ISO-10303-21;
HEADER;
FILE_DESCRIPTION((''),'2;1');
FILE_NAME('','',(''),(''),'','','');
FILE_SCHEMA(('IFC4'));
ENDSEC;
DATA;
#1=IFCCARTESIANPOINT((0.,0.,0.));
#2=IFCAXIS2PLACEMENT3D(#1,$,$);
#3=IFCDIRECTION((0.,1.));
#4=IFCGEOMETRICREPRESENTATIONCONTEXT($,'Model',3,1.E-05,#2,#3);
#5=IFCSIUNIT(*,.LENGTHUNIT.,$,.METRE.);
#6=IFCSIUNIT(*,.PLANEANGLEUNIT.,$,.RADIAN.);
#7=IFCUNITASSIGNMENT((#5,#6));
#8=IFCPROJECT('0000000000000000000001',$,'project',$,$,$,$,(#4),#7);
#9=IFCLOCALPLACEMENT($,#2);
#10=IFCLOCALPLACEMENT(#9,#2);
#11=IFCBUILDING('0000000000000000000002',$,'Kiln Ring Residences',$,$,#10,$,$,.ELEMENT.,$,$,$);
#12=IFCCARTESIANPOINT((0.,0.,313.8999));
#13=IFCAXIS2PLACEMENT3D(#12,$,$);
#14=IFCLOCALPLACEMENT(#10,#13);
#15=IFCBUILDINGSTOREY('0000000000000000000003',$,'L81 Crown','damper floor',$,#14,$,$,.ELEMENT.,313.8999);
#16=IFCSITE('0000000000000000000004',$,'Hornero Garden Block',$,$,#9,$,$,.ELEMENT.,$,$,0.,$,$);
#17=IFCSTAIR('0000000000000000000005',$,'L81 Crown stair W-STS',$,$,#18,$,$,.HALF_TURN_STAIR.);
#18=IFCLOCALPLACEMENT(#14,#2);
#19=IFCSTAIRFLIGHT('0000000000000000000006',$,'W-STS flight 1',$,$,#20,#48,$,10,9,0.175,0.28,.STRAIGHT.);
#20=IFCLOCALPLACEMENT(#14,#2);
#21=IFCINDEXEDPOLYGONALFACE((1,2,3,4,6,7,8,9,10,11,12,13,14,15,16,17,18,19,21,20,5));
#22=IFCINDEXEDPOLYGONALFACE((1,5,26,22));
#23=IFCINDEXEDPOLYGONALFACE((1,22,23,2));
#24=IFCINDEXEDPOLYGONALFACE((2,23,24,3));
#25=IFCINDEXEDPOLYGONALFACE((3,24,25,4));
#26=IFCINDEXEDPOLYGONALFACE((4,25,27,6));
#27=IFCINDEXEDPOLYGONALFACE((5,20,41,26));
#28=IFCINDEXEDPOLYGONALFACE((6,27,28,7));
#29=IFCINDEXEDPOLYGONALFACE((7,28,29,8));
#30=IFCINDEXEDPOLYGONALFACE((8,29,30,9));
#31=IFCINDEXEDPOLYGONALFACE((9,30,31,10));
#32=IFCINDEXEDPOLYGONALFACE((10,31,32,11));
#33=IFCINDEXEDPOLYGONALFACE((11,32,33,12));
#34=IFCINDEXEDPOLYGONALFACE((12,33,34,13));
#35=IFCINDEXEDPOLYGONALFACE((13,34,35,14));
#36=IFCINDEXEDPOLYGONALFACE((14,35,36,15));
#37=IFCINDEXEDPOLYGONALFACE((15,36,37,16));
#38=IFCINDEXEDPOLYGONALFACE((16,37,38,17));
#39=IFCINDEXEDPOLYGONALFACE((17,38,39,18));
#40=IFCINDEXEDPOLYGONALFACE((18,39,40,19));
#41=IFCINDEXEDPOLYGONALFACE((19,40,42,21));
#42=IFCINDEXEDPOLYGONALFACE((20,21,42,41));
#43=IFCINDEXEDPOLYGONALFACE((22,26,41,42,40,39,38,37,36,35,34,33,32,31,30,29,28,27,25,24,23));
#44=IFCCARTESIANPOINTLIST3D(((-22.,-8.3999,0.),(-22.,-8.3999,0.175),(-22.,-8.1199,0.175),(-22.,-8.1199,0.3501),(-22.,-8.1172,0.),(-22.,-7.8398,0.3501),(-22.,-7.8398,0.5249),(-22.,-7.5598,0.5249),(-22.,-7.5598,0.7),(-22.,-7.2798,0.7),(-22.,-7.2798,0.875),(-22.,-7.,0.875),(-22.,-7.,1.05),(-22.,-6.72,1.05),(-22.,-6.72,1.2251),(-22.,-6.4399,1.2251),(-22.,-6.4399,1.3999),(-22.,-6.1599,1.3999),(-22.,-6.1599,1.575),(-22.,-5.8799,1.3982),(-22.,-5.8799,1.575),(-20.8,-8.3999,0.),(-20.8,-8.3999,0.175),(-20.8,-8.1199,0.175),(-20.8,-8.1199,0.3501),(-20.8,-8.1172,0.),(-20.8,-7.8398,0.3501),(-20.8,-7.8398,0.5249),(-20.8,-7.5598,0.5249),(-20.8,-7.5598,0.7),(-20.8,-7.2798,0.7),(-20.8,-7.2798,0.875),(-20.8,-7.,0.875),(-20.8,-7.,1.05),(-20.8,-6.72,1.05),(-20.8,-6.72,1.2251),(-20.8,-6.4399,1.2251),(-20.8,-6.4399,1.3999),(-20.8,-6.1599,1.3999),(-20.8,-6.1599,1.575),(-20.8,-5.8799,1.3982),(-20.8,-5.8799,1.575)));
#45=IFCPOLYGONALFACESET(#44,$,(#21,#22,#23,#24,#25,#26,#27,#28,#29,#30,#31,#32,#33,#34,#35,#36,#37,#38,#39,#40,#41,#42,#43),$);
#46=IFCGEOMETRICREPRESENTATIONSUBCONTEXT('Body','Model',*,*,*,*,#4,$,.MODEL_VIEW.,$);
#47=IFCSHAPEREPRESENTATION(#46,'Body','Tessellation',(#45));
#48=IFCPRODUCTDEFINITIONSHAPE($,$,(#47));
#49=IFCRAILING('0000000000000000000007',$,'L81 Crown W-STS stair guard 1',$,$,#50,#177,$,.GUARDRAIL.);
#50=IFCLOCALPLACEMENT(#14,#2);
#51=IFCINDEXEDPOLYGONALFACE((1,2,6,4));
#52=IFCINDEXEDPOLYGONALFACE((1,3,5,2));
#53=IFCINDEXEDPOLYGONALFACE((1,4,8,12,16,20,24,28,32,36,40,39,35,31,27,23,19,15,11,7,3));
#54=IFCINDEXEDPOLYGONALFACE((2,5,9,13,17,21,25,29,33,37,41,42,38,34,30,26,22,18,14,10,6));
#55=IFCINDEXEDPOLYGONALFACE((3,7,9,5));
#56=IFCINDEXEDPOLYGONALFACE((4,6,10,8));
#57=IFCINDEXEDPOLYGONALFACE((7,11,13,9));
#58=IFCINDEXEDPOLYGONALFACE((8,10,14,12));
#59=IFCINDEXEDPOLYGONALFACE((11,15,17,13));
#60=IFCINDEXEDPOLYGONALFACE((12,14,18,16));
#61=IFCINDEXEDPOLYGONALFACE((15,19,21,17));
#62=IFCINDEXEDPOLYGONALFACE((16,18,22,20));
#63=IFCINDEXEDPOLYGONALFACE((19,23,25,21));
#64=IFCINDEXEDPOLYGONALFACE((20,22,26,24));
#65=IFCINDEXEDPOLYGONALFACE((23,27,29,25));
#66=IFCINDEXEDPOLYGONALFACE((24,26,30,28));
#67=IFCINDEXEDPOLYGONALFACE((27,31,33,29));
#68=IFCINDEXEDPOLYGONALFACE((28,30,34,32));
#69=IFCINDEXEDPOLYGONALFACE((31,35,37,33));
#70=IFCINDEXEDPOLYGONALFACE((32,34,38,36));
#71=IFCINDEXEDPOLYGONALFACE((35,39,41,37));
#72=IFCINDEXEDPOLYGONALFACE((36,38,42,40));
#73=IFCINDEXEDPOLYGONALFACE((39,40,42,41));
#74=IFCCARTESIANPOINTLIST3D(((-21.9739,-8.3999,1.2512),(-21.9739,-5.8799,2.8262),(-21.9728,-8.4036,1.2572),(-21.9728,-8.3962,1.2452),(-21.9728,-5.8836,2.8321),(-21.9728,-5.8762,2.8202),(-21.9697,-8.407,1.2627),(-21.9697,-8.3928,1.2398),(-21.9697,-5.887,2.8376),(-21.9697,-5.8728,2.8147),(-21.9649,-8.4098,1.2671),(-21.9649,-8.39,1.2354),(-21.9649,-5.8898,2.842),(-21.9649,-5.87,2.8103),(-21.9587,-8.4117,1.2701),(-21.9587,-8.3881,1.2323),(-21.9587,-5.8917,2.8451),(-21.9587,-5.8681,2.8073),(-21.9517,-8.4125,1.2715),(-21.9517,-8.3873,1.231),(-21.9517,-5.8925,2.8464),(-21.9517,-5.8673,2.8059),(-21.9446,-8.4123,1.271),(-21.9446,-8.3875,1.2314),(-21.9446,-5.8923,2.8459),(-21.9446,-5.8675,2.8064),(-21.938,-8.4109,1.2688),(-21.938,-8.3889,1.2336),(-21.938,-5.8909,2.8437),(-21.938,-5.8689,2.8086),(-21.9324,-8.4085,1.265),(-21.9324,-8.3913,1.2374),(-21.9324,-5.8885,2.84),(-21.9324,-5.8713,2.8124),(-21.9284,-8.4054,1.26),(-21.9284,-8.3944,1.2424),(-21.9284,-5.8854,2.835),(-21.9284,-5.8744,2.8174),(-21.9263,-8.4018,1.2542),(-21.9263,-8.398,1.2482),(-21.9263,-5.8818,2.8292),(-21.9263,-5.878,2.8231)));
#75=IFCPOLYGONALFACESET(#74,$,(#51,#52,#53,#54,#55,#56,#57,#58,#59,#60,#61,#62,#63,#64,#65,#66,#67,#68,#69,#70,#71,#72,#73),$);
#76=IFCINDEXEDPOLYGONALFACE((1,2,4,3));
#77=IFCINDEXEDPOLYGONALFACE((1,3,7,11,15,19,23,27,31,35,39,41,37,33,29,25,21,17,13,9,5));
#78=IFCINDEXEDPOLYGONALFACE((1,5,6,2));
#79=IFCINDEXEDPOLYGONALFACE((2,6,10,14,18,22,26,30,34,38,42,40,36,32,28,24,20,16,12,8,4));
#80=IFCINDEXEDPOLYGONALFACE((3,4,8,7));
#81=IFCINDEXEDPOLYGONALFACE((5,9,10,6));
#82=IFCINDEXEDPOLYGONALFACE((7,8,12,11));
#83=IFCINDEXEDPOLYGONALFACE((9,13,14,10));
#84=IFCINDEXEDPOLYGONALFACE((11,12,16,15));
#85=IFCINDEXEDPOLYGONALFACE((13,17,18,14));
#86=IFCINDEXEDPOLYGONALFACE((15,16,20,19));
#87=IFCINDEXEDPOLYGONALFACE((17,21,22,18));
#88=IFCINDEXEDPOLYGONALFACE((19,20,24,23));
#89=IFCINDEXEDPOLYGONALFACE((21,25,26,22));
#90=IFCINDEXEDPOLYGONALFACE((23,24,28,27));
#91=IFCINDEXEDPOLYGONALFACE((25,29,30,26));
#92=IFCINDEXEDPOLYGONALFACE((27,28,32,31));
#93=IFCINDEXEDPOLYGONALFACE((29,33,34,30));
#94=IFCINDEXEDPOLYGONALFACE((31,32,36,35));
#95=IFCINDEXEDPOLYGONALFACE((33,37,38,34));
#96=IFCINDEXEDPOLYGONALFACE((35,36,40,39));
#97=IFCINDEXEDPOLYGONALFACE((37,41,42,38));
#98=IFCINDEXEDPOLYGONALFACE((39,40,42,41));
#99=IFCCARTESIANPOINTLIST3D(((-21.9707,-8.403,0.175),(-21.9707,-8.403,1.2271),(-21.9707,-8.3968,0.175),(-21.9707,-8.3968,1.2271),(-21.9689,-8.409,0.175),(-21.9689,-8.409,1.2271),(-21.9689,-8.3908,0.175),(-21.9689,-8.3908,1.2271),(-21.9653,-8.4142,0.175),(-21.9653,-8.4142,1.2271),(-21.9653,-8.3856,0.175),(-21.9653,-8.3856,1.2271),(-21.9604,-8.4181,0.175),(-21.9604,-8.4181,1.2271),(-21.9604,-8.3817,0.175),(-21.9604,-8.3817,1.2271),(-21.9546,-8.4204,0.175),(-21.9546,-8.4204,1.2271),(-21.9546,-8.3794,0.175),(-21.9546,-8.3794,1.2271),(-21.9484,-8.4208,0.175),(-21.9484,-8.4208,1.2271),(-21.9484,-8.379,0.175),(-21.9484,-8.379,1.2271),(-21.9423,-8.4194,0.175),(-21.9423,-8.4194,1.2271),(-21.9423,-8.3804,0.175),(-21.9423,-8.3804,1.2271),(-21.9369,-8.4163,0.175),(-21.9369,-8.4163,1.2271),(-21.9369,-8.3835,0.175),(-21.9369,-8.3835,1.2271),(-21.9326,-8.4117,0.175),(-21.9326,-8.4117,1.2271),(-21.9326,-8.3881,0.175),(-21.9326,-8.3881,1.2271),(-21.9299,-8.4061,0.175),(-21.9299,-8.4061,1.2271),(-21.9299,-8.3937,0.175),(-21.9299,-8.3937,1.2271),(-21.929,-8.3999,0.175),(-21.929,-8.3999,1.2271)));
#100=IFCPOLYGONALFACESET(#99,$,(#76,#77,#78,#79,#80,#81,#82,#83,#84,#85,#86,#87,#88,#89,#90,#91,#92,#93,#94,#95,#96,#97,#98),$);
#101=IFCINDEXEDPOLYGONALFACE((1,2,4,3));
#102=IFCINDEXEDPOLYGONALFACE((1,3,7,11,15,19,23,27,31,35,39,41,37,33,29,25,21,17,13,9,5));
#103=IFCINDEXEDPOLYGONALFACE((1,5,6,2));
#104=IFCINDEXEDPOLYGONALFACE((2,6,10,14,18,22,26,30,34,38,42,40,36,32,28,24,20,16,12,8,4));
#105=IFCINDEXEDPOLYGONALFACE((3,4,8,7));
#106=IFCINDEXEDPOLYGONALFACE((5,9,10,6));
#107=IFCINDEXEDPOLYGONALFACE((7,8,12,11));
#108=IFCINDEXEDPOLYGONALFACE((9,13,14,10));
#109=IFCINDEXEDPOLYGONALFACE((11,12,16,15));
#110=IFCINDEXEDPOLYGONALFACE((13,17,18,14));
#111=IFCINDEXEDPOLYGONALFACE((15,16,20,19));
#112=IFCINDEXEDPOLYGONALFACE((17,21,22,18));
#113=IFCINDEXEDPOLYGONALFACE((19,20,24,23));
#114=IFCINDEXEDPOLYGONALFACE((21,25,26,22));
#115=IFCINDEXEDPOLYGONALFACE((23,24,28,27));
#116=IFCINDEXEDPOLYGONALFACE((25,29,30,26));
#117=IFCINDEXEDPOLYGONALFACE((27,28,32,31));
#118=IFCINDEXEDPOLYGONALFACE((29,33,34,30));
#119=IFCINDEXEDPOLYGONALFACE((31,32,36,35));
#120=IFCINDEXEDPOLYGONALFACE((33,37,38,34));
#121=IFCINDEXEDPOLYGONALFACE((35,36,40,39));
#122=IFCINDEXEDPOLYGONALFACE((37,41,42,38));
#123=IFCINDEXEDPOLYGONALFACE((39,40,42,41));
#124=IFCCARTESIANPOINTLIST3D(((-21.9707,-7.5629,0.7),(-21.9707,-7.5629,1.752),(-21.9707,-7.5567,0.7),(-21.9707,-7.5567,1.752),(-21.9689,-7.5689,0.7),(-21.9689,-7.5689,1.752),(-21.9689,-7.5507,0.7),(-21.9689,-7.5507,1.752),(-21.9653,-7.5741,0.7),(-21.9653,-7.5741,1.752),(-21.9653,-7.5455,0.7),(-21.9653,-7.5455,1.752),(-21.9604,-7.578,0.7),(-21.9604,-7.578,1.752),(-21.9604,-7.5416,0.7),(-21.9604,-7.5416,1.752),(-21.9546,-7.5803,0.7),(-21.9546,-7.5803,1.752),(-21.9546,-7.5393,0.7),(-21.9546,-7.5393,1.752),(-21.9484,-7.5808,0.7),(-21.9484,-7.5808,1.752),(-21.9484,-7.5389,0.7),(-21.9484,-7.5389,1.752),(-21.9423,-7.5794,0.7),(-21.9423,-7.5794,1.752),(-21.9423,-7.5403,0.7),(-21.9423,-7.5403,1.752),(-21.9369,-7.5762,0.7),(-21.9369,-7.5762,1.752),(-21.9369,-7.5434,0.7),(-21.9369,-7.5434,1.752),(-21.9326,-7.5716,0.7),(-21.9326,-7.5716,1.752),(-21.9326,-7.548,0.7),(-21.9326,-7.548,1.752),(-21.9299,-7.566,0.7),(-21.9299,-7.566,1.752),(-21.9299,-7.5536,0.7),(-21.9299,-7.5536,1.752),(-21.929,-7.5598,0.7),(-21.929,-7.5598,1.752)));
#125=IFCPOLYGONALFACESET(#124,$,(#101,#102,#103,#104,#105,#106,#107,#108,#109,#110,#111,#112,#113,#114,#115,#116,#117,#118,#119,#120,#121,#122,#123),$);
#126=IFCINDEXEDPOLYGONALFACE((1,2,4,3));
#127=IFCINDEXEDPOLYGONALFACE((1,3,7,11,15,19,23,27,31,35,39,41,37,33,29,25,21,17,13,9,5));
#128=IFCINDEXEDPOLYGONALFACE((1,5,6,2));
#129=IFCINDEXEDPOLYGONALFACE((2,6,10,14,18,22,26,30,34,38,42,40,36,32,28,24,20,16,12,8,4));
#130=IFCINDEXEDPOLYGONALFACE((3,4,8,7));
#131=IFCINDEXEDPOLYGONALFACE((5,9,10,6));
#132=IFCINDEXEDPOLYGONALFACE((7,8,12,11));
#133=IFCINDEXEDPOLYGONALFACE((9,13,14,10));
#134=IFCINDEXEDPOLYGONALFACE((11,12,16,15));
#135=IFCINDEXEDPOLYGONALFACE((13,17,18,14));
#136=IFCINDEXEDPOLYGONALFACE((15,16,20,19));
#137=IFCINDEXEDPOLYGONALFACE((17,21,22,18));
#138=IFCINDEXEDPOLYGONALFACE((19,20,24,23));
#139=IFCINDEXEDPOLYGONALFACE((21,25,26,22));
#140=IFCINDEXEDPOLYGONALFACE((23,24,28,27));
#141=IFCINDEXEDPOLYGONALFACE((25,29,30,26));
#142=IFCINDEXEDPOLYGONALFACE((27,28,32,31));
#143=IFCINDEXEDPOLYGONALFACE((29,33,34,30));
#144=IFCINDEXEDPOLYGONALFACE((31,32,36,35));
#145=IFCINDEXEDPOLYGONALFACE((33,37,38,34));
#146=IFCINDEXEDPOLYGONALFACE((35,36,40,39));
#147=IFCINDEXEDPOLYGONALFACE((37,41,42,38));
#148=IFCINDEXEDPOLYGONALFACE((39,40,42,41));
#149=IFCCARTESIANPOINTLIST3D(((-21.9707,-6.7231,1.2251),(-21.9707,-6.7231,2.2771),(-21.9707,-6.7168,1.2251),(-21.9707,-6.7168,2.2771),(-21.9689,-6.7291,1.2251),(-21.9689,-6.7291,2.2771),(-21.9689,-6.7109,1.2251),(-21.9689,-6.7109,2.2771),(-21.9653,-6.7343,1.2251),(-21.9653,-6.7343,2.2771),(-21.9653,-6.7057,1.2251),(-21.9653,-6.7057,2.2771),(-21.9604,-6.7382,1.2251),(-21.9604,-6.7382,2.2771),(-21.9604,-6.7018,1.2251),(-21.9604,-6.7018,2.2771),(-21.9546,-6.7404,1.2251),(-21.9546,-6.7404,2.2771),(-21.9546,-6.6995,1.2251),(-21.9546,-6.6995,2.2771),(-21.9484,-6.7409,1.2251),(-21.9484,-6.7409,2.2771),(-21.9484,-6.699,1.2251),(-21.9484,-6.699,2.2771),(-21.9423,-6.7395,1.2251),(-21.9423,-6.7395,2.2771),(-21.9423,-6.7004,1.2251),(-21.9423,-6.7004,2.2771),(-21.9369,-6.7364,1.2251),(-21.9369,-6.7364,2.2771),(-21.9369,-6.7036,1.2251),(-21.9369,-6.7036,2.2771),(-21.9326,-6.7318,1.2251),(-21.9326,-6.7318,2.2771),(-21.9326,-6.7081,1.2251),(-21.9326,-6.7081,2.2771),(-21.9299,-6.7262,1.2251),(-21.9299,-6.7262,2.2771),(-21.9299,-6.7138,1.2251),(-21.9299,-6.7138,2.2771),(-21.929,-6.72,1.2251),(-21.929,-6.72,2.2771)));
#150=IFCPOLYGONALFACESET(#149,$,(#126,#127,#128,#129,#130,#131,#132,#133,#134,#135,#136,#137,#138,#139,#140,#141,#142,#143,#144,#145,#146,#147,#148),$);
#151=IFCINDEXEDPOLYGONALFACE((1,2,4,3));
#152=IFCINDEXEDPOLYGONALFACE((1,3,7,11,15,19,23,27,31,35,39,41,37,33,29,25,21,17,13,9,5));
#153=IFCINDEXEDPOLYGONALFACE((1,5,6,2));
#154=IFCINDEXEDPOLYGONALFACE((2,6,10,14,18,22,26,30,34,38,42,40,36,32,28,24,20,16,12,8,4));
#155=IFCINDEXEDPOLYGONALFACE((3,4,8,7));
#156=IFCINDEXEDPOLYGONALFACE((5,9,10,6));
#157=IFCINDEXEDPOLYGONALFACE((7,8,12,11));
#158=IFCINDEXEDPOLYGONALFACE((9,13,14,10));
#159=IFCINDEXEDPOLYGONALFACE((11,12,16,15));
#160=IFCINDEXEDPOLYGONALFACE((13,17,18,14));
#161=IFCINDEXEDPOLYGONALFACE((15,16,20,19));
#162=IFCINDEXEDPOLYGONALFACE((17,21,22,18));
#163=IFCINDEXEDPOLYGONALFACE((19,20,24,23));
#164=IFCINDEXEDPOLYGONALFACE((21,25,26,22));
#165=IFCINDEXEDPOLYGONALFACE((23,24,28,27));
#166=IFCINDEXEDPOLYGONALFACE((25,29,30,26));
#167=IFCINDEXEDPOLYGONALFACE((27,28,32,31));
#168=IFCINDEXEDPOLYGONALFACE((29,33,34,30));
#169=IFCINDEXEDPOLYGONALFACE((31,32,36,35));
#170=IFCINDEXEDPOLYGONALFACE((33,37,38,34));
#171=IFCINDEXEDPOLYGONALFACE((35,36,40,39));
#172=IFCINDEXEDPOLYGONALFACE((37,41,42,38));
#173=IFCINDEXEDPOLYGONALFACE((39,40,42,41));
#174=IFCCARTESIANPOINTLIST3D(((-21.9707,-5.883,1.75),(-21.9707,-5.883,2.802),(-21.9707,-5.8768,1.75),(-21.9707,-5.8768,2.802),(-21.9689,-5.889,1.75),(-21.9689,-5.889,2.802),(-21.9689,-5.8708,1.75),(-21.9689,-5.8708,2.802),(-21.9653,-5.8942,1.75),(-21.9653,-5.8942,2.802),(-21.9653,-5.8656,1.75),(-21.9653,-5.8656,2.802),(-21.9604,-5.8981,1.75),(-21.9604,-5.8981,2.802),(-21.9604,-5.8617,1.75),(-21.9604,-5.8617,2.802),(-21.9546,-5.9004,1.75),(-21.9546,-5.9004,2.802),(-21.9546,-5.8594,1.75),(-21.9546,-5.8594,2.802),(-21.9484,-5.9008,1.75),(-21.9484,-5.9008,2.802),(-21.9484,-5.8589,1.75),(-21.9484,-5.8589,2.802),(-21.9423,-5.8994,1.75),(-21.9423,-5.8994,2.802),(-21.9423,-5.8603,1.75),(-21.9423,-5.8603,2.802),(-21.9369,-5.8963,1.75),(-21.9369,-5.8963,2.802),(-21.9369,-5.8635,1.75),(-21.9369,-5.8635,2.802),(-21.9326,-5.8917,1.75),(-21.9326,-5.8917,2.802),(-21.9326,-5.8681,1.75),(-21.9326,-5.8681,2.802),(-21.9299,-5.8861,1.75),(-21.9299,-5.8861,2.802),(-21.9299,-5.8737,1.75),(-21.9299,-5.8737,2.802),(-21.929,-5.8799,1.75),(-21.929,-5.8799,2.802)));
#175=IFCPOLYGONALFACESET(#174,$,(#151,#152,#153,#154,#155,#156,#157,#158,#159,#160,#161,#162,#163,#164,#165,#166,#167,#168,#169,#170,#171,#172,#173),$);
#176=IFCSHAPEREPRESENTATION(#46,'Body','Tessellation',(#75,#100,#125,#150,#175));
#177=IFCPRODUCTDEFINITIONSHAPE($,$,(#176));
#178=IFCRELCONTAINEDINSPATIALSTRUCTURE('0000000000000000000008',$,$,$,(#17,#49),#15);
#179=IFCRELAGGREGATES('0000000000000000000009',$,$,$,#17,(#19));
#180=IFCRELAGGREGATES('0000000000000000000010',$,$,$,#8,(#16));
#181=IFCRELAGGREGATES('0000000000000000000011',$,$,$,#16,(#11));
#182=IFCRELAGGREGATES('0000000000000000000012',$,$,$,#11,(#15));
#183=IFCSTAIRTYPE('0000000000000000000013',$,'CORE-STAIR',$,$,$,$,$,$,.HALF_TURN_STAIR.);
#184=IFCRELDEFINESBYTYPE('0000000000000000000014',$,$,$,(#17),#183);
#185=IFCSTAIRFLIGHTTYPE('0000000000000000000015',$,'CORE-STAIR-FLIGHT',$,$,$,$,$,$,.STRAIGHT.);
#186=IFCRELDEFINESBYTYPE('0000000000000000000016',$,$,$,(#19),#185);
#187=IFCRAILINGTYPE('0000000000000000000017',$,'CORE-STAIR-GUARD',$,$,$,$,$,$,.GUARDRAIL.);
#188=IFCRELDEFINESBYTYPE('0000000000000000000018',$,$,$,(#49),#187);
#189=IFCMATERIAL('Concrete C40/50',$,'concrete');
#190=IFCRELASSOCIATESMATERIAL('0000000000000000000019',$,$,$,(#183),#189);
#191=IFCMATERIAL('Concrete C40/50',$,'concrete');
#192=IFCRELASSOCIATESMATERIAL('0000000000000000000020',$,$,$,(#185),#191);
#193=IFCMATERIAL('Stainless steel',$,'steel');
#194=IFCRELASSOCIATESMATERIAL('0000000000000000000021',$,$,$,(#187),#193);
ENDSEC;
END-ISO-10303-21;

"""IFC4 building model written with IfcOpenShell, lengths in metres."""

from ifc_helpers import new_model, si_unit, direction, frame, origin, origin_2d, place, context, subcontext, project, spatial, polyline, circle, outline, extrude, material, type_object, element, aggregate, save


model = new_model("IFC4")

# Units and contexts
model_context = context("Model", 3, precision=1e-05, world=origin(), true_north=direction((0.0, 1.0)))
body_context = subcontext(model_context, "Body", "Model", "MODEL_VIEW")
ifc_project = project(units=[si_unit("LENGTHUNIT", "METRE"), si_unit("PLANEANGLEUNIT", "RADIAN")], contexts=[model_context])

# Site, building, storey
site_placement = place(None, origin())
site = spatial("IfcSite", under=ifc_project, at=site_placement, Name="Hornero Garden Block", CompositionType="ELEMENT", RefElevation=0.0)
building_placement = place(site_placement, origin())
building = spatial("IfcBuilding", under=site, at=building_placement, Name="Kiln Ring Residences", CompositionType="ELEMENT")
storey_placement = place(building_placement, frame((0.0, 0.0, 313.8999)))
storey = spatial("IfcBuildingStorey", under=building, at=storey_placement, Name="L81 Crown", Description="damper floor", CompositionType="ELEMENT", Elevation=313.8999)

# Shared definitions
placement = place(storey_placement, origin())

# Stair, stair flight
ifc_material_1 = material(Name="Concrete C40/50", Category="concrete")
stair_type = type_object("IfcStairType", Name="CORE-STAIR", PredefinedType="HALF_TURN_STAIR", material=ifc_material_1)
stair = element("IfcStair", 1, at=placement, inside=storey, type_object=stair_type, Name="L81 Crown stair W-STS", PredefinedType="HALF_TURN_STAIR")
ifc_material_2 = material(Name="Concrete C40/50", Category="concrete")
stair_flight_type = type_object("IfcStairFlightType", Name="CORE-STAIR-FLIGHT", PredefinedType="STRAIGHT", material=ifc_material_2)
stair_flight_placement = place(storey_placement, frame((-21.3999, -8.3999, 0.0), z_axis=(0.0, 0.0, 1.0), x_axis=(0.0, 1.0, 0.0)))
stair_flight = element("IfcStairFlight", 2, at=stair_flight_placement, type_object=stair_flight_type, Name="W-STS flight 1", NumberOfRisers=10, NumberOfTreads=9, PredefinedType="STRAIGHT", RiserHeight=0.175, TreadLength=0.28, context=body_context, shape_type="SweptSolid", body=[
    extrude(outline(polyline([(0.0, 0.0), (0.0, 0.175), (0.28, 0.175), (0.28, 0.3501), (0.5601, 0.3501), (0.5601, 0.5249), (0.8401, 0.5249), (0.8401, 0.7), (1.1201, 0.7), (1.1201, 0.875), (1.3999, 0.875), (1.3999, 1.05), (1.6799, 1.05), (1.6799, 1.2251), (1.96, 1.2251), (1.96, 1.3999), (2.24, 1.3999), (2.24, 1.575), (2.52, 1.575), (2.52, 1.75), (2.52, 1.3982), (0.2827, 0.0), (0.0, 0.0)])), frame((0.0, 0.6001, 0.0), z_axis=(0.0, -1.0, 0.0), x_axis=(1.0, 0.0, 0.0)), (0.0, 0.0, 1.0), 1.2),
])
aggregate(stair, [stair_flight])

# Railing
ifc_material_3 = material(Name="Stainless steel", Category="steel")
railing_type_1 = type_object("IfcRailingType", Name="CORE-STAIR-GUARD", PredefinedType="GUARDRAIL", material=ifc_material_3)
railing_1_placement = place(storey_placement, frame((-21.95, -8.3999, 0.175)))
element("IfcRailing", 3, at=railing_1_placement, inside=storey, type_object=railing_type_1, Name="L81 Crown W-STS stair guard 1", PredefinedType="GUARDRAIL", context=body_context, shape_type="SweptSolid", body=[
    extrude(circle(Radius=0.0239, at=origin_2d()), frame((0.0, 0.0, 1.0762), z_axis=(0.0, 0.848008, 0.529984), x_axis=(-1.0, 0.0, 0.0)), (0.0, 0.0, 1.0), 2.9717),
    extrude(circle(Radius=0.021, at=origin_2d()), origin(), (0.0, 0.0, 1.0), 1.052),
    extrude(circle(Radius=0.021, at=origin_2d()), frame((0.0, 0.8401, 0.5249)), (0.0, 0.0, 1.0), 1.052),
    extrude(circle(Radius=0.021, at=origin_2d()), frame((0.0, 1.6799, 1.05)), (0.0, 0.0, 1.0), 1.052),
    extrude(circle(Radius=0.021, at=origin_2d()), frame((0.0, 2.52, 1.575)), (0.0, 0.0, 1.0), 1.052),
])

save(model, "model.ifc")
